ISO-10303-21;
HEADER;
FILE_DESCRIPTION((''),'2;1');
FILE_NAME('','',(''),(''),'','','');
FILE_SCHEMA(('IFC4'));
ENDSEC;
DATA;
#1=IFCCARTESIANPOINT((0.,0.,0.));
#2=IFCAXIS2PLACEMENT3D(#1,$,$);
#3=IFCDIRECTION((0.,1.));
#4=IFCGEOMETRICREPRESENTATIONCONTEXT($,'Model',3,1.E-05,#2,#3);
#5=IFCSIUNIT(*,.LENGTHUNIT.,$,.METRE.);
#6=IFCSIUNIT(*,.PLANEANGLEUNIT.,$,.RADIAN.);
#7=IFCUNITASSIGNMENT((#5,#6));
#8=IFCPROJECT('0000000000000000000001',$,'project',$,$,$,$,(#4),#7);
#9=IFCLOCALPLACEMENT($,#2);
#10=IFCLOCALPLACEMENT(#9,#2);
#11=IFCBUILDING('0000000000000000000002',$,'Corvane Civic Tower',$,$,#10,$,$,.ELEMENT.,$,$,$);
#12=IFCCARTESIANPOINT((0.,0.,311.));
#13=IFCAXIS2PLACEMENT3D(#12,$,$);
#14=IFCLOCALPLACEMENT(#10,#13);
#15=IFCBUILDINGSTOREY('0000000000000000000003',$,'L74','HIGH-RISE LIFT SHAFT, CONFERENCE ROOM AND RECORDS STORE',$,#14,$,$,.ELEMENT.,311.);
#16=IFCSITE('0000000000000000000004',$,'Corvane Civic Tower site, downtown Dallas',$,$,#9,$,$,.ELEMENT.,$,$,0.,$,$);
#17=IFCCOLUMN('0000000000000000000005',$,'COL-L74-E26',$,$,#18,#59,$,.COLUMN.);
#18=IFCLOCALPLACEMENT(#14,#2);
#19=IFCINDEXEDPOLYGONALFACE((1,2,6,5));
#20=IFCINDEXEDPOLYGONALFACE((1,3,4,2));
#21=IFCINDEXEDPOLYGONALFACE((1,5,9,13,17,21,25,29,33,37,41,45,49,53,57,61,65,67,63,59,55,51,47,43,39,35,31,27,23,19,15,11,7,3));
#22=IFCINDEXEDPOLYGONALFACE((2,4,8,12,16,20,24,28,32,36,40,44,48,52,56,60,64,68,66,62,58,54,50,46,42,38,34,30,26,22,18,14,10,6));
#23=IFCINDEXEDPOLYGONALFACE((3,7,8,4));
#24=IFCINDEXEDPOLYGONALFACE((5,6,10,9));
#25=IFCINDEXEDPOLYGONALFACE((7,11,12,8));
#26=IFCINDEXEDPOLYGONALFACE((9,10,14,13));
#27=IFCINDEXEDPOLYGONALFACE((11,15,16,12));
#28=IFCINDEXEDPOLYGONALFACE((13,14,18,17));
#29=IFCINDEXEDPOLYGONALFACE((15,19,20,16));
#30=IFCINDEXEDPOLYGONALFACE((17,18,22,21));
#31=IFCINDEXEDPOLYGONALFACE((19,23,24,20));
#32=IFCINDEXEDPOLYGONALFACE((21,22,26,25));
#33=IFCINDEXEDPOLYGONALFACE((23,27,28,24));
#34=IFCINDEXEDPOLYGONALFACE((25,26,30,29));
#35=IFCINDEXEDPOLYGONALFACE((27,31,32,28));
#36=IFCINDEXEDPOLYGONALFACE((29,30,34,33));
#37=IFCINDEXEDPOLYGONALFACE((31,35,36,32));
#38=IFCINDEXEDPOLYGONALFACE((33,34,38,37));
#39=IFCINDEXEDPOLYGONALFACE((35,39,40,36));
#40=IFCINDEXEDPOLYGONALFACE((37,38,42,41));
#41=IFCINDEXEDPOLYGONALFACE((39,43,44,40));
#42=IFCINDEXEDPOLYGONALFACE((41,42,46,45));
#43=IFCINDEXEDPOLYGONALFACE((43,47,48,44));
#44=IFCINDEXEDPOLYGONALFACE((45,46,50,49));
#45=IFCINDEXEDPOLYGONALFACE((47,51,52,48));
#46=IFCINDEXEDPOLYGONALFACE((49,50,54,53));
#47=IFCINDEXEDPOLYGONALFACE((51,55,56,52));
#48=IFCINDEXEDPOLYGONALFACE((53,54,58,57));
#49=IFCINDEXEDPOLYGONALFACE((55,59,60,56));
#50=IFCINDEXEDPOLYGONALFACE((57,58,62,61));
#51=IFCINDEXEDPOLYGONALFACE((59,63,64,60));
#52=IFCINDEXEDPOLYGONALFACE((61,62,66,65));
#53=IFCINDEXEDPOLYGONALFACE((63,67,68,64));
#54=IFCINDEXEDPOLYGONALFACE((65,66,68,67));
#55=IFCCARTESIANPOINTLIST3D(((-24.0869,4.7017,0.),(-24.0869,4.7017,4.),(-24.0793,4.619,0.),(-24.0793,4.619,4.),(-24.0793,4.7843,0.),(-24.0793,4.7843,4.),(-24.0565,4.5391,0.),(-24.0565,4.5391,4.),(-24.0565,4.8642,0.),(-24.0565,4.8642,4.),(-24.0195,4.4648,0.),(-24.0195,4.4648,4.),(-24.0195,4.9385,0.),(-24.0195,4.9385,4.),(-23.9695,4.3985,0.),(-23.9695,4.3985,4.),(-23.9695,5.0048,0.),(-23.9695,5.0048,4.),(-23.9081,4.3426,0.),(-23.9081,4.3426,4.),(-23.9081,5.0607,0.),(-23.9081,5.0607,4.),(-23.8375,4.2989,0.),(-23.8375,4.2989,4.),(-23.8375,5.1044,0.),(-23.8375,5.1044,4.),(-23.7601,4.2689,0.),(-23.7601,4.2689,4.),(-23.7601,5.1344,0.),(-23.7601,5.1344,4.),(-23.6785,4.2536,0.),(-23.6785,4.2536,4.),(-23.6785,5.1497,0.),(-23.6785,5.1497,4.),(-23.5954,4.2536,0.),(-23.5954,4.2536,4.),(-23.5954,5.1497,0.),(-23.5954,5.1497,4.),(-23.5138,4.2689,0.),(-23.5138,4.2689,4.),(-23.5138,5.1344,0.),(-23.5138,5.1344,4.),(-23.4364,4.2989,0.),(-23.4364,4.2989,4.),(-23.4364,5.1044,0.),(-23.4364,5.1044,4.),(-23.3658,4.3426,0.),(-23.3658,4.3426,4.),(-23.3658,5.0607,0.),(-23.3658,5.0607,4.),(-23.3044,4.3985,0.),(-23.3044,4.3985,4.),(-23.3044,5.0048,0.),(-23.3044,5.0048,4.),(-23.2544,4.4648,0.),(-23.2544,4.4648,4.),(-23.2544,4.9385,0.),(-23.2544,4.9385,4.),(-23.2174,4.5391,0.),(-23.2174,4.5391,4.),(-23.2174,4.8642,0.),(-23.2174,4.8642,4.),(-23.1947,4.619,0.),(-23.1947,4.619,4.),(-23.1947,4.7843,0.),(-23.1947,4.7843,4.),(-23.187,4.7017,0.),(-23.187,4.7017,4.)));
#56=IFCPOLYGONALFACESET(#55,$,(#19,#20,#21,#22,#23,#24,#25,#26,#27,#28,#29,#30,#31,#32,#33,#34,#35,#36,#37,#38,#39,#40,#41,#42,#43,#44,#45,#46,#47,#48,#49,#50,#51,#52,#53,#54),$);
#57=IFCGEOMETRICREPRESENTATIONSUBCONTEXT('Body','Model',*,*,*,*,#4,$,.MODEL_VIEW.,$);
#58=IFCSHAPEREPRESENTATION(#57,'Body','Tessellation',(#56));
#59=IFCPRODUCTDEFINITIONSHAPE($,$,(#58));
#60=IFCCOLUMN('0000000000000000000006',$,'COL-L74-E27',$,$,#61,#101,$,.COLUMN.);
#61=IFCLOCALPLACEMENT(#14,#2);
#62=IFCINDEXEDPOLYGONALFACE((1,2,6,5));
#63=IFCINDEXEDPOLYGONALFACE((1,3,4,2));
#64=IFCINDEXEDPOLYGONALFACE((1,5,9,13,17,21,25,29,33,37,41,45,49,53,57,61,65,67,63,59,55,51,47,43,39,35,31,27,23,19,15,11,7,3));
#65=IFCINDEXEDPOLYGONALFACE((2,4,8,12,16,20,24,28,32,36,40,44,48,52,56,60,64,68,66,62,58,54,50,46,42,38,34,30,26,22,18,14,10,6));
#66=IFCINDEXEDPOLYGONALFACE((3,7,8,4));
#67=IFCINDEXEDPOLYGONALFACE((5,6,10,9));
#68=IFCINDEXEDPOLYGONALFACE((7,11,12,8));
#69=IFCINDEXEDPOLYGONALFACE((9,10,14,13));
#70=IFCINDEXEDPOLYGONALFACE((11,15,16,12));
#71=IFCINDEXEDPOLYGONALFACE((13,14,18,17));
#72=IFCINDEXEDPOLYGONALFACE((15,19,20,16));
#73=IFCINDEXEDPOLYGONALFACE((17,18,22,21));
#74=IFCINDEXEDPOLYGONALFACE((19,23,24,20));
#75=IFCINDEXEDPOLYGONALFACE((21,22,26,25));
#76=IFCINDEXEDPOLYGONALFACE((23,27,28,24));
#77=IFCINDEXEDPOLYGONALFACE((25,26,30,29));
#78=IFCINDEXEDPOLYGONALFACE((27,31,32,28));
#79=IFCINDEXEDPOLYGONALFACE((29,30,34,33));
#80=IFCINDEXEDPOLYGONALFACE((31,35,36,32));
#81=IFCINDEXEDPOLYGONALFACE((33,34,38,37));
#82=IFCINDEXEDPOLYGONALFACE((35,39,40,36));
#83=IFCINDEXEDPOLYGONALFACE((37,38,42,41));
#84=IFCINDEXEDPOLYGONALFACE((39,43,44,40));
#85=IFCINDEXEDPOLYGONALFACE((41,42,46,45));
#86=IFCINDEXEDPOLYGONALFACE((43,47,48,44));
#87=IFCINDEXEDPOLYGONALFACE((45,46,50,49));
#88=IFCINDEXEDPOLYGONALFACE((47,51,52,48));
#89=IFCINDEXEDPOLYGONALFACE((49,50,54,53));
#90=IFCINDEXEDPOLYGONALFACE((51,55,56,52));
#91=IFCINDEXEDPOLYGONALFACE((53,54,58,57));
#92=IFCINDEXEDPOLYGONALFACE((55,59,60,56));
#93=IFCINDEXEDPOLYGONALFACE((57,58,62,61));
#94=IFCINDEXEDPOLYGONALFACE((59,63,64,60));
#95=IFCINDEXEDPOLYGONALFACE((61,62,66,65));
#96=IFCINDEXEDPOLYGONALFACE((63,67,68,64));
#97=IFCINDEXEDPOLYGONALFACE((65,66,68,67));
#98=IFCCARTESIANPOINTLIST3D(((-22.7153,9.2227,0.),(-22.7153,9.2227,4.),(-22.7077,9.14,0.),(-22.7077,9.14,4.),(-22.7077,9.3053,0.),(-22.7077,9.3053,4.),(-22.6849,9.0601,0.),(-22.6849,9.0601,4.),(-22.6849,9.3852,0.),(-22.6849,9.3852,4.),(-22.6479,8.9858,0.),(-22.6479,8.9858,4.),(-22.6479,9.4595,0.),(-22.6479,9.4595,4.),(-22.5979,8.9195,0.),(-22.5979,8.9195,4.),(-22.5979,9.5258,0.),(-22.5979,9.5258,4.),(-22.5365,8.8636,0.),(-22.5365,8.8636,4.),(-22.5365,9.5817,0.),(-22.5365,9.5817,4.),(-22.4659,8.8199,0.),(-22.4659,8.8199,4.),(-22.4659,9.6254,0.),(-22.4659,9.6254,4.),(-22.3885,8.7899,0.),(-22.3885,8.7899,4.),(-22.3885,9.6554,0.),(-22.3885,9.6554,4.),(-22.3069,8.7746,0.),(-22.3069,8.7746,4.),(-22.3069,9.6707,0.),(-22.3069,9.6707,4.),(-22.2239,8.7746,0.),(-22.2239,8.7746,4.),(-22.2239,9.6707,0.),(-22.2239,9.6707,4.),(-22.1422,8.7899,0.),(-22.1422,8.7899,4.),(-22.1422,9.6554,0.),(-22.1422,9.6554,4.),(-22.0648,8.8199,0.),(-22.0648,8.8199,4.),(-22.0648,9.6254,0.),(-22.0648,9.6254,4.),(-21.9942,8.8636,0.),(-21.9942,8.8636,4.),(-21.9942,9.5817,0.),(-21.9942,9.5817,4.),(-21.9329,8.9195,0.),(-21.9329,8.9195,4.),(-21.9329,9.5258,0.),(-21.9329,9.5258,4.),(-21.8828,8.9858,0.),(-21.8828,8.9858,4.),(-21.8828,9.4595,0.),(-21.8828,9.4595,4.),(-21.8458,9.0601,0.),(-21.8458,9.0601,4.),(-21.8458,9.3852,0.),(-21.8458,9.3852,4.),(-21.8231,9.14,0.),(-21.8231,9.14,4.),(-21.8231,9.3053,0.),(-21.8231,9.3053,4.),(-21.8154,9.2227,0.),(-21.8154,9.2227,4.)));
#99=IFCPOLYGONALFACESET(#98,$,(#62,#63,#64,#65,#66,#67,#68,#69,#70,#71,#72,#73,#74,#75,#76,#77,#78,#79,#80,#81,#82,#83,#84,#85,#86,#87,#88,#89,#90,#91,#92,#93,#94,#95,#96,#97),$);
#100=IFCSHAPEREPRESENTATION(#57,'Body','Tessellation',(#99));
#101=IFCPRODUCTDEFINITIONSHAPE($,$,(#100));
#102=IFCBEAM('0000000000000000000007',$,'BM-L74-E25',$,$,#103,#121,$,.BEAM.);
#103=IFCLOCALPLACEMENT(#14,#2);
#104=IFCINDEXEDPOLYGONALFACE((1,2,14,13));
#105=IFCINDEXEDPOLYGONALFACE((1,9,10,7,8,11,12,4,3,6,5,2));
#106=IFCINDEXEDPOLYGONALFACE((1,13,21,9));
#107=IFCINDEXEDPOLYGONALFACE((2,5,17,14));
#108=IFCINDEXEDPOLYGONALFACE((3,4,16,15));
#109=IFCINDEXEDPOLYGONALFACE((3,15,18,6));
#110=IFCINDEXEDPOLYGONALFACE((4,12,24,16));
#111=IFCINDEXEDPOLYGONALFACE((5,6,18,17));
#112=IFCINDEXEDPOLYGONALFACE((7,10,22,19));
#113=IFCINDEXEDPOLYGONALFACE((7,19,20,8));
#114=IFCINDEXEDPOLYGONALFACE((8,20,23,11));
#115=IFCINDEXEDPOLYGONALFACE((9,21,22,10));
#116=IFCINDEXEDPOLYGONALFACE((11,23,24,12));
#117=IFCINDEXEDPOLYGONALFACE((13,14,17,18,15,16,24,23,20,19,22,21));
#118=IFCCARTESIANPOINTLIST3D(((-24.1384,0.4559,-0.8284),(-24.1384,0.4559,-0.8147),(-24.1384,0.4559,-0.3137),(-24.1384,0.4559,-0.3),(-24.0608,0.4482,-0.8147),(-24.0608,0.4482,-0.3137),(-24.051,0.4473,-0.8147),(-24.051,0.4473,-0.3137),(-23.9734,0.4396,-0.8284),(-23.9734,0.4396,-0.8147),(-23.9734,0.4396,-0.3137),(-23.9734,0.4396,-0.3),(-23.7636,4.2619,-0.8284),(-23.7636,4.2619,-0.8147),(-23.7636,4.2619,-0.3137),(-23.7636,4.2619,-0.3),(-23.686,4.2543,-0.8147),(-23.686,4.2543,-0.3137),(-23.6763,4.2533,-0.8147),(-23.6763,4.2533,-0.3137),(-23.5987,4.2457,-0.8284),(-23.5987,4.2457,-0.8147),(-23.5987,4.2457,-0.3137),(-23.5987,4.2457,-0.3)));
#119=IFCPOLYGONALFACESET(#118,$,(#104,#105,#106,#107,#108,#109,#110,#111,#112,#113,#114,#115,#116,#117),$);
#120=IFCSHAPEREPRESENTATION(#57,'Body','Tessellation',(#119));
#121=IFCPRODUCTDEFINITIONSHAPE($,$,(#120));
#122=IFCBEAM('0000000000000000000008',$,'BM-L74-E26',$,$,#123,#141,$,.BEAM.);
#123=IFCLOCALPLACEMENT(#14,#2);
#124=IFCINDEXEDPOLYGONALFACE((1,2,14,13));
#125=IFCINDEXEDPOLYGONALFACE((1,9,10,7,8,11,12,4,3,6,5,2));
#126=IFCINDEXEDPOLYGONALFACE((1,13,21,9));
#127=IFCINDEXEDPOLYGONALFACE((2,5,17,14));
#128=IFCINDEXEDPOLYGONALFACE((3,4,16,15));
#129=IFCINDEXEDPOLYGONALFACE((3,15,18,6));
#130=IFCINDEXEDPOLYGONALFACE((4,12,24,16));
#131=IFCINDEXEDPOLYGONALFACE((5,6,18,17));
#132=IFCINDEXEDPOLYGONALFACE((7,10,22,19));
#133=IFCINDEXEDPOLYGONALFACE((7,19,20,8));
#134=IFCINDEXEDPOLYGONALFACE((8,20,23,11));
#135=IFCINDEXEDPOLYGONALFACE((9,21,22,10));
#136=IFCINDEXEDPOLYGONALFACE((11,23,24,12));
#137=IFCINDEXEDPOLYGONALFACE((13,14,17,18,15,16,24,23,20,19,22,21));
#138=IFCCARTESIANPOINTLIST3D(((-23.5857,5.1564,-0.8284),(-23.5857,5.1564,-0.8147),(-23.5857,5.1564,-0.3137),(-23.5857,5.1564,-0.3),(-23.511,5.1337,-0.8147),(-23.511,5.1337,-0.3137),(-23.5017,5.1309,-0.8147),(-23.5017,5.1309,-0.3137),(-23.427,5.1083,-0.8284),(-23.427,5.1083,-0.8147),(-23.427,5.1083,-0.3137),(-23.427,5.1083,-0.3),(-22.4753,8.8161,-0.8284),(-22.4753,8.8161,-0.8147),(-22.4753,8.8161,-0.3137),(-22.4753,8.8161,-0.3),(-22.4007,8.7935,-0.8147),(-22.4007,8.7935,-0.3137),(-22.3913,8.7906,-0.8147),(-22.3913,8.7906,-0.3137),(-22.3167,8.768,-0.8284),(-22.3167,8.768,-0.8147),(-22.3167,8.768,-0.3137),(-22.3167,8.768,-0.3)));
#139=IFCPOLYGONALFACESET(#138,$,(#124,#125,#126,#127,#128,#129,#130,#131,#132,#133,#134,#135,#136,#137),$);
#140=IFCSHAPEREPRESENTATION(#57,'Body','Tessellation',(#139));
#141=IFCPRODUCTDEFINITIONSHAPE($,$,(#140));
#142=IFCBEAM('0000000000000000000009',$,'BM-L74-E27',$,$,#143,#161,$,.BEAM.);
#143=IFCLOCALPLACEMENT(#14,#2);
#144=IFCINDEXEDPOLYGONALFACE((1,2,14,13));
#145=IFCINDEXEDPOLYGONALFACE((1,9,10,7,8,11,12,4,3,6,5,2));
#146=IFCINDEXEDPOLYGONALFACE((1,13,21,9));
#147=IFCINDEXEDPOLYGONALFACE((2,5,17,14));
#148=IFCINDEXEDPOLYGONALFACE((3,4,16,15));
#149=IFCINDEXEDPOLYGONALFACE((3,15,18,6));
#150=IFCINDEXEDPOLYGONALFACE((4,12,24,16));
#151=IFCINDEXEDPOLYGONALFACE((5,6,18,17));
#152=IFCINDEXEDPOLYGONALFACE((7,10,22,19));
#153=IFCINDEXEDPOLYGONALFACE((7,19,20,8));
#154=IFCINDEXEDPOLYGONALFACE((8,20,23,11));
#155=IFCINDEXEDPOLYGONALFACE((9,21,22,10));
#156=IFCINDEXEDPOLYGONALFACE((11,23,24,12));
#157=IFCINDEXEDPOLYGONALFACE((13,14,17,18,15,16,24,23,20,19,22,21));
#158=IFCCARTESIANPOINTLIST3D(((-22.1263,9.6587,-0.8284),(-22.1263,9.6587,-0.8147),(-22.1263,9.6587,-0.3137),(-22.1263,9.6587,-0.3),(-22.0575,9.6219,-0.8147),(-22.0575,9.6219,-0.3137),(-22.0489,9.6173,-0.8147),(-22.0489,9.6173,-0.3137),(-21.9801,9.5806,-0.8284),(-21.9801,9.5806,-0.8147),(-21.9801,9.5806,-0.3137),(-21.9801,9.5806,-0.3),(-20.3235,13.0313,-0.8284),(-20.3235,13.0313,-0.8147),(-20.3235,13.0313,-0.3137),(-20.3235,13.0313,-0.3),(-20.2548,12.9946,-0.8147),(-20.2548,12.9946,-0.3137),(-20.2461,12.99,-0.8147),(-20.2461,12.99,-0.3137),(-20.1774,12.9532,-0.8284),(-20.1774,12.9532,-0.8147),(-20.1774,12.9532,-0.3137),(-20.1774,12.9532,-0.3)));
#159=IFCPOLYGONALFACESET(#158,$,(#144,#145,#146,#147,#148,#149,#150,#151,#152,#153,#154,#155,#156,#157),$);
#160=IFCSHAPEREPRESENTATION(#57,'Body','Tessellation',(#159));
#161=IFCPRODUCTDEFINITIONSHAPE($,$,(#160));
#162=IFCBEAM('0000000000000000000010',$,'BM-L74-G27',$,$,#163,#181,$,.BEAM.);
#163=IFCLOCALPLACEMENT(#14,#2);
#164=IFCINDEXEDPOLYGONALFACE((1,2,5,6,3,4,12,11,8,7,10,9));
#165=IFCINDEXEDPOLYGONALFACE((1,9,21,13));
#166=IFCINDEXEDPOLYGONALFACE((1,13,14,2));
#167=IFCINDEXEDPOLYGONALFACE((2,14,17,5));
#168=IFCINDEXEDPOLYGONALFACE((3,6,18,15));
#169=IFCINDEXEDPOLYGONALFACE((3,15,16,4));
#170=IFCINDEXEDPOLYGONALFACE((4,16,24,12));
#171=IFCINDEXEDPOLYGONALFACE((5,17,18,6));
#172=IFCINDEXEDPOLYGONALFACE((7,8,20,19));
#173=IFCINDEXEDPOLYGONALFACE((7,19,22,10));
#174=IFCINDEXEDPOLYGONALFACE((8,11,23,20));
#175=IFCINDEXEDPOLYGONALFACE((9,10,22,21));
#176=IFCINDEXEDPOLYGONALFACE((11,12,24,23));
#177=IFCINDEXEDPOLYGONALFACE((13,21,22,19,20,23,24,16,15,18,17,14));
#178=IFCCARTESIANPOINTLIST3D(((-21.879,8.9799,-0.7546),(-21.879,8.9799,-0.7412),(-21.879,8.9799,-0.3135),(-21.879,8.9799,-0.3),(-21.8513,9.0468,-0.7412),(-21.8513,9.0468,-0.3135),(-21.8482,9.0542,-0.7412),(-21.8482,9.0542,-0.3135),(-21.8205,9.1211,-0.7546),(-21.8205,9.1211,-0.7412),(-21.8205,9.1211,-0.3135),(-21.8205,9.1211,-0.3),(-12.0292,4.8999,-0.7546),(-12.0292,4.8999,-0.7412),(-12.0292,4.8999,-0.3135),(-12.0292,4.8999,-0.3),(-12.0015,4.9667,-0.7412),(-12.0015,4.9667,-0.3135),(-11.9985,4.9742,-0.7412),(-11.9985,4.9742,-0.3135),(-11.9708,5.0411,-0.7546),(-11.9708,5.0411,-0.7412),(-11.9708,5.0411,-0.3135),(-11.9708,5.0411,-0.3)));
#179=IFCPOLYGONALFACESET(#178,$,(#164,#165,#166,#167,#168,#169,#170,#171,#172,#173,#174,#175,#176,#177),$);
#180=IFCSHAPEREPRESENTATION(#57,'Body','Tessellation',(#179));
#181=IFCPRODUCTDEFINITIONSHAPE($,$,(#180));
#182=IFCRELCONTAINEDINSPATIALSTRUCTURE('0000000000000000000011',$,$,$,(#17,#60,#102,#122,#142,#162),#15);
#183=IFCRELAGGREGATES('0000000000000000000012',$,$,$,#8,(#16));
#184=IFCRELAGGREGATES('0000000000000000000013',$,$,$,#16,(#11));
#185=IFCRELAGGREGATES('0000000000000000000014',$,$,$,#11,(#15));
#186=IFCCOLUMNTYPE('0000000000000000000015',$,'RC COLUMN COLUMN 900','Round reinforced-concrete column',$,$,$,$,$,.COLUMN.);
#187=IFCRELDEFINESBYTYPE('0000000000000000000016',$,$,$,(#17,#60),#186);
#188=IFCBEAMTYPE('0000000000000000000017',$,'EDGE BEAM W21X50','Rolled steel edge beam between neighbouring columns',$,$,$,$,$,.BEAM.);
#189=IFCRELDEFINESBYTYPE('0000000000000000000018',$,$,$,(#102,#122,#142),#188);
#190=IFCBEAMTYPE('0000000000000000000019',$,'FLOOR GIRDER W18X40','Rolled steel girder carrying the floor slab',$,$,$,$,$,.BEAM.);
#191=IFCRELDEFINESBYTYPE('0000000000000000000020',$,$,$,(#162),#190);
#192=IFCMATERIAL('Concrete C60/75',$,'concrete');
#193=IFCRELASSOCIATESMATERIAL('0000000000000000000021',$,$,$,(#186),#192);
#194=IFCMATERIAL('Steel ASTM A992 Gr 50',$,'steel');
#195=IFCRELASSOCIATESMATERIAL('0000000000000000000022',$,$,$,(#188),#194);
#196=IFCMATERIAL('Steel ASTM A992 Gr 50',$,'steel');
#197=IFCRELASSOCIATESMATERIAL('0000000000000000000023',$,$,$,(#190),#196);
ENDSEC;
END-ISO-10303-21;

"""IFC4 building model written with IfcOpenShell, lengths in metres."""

from ifc_helpers import new_model, si_unit, direction, frame, origin, origin_2d, place, context, subcontext, project, spatial, circle, i_section, extrude, material, material_profile, profile_set, type_object, element, save


model = new_model("IFC4")

# Units and contexts
model_context = context("Model", 3, precision=1e-05, world=origin(), true_north=direction((0.0, 1.0)))
body_context = subcontext(model_context, "Body", "Model", "MODEL_VIEW")
ifc_project = project(units=[si_unit("LENGTHUNIT", "METRE"), si_unit("PLANEANGLEUNIT", "RADIAN")], contexts=[model_context])

# Site, building, storey
site_placement = place(None, origin())
site = spatial("IfcSite", under=ifc_project, at=site_placement, Name="Corvane Civic Tower site, downtown Dallas", CompositionType="ELEMENT", RefElevation=0.0)
building_placement = place(site_placement, origin())
building = spatial("IfcBuilding", under=site, at=building_placement, Name="Corvane Civic Tower", CompositionType="ELEMENT")
storey_placement = place(building_placement, frame((0.0, 0.0, 311.0)))
storey = spatial("IfcBuildingStorey", under=building, at=storey_placement, Name="L74", Description="HIGH-RISE LIFT SHAFT, CONFERENCE ROOM AND RECORDS STORE", CompositionType="ELEMENT", Elevation=311.0)

# Columns
ifc_material_1 = material(Name="Concrete C60/75", Category="concrete")
ifc_material_profile_1 = material_profile(ifc_material_1, circle(Radius=0.45, at=origin_2d()), Name="COLUMN 900")
ifc_profile_set_1 = profile_set([ifc_material_profile_1], Name="Concrete C60/75")
column_type = type_object("IfcColumnType", Name="RC COLUMN COLUMN 900", Description="Round reinforced-concrete column", PredefinedType="COLUMN", material=ifc_profile_set_1)
for number, where, z_axis, x_axis, name in (
    (1, (-23.637, 4.7017, 0.0), (0.0, 0.0, 1.0), (1.0, 0.0, 0.0), "COL-L74-E26"),
    (2, (-22.2654, 9.2227, 0.0), (0.0, 0.0, 1.0), (1.0, 0.0, 0.0), "COL-L74-E27"),
):
    element("IfcColumn", number, at=place(storey_placement, frame(where, z_axis=z_axis, x_axis=x_axis)), inside=storey, type_object=column_type, Name=name, PredefinedType="COLUMN", context=body_context, shape_type="SweptSolid", body=[
        extrude(circle(Radius=0.45, at=origin_2d()), origin(), (0.0, 0.0, 1.0), 4.0),
    ])

# Beams
ifc_material_2 = material(Name="Steel ASTM A992 Gr 50", Category="steel")
ifc_material_profile_2 = material_profile(ifc_material_2, i_section(OverallWidth=0.1658, OverallDepth=0.5283, WebThickness=0.0098, FlangeThickness=0.0137, at=origin_2d()), Name="W21X50")
ifc_profile_set_2 = profile_set([ifc_material_profile_2], Name="Steel ASTM A992 Gr 50")
beam_type_1 = type_object("IfcBeamType", Name="EDGE BEAM W21X50", Description="Rolled steel edge beam between neighbouring columns", PredefinedType="BEAM", material=ifc_profile_set_2)
for number, where, z_axis, x_axis, name in (
    (3, (-24.0559, 0.4478, -0.5642), (0.097987, 0.995188, 0.0), (-0.995188, 0.097987, 0.0), "BM-L74-E25"),
    (4, (-23.5063, 5.1323, -0.5642), (0.290333, 0.956926, 0.0), (-0.956926, 0.290333, 0.0), "BM-L74-E26"),
):
    element("IfcBeam", number, at=place(storey_placement, frame(where, z_axis=z_axis, x_axis=x_axis)), inside=storey, type_object=beam_type_1, Name=name, PredefinedType="BEAM", context=body_context, shape_type="SweptSolid", body=[
        extrude(i_section(OverallWidth=0.1658, OverallDepth=0.5283, WebThickness=0.0098, FlangeThickness=0.0137, at=origin_2d()), origin(), (0.0, 0.0, 1.0), 3.8245),
    ])
beam_1_placement = place(storey_placement, frame((-22.0532, 9.6196, -0.5642), z_axis=(0.47141, 0.881914, 0.0), x_axis=(-0.881914, 0.47141, 0.0)))
element("IfcBeam", 5, at=beam_1_placement, inside=storey, type_object=beam_type_1, Name="BM-L74-E27", PredefinedType="BEAM", context=body_context, shape_type="SweptSolid", body=[
    extrude(i_section(OverallWidth=0.1658, OverallDepth=0.5283, WebThickness=0.0098, FlangeThickness=0.0137, at=origin_2d()), origin(), (0.0, 0.0, 1.0), 3.8242),
])
ifc_material_3 = material(Name="Steel ASTM A992 Gr 50", Category="steel")
ifc_material_profile_3 = material_profile(ifc_material_3, i_section(OverallWidth=0.1528, OverallDepth=0.4546, WebThickness=0.0081, FlangeThickness=0.0134, at=origin_2d()), Name="W18X40")
ifc_profile_set_3 = profile_set([ifc_material_profile_3], Name="Steel ASTM A992 Gr 50")
beam_type_2 = type_object("IfcBeamType", Name="FLOOR GIRDER W18X40", Description="Rolled steel girder carrying the floor slab", PredefinedType="BEAM", material=ifc_profile_set_3)
beam_2_placement = place(storey_placement, frame((-12.0, 4.9705, -0.5273), z_axis=(-0.923875, 0.382694, 0.0), x_axis=(-0.382694, -0.923875, 0.0)))
element("IfcBeam", 6, at=beam_2_placement, inside=storey, type_object=beam_type_2, Name="BM-L74-G27", PredefinedType="BEAM", context=body_context, shape_type="SweptSolid", body=[
    extrude(i_section(OverallWidth=0.1528, OverallDepth=0.4546, WebThickness=0.0081, FlangeThickness=0.0134, at=origin_2d()), origin(), (0.0, 0.0, 1.0), 10.6614),
])

save(model, "model.ifc")
